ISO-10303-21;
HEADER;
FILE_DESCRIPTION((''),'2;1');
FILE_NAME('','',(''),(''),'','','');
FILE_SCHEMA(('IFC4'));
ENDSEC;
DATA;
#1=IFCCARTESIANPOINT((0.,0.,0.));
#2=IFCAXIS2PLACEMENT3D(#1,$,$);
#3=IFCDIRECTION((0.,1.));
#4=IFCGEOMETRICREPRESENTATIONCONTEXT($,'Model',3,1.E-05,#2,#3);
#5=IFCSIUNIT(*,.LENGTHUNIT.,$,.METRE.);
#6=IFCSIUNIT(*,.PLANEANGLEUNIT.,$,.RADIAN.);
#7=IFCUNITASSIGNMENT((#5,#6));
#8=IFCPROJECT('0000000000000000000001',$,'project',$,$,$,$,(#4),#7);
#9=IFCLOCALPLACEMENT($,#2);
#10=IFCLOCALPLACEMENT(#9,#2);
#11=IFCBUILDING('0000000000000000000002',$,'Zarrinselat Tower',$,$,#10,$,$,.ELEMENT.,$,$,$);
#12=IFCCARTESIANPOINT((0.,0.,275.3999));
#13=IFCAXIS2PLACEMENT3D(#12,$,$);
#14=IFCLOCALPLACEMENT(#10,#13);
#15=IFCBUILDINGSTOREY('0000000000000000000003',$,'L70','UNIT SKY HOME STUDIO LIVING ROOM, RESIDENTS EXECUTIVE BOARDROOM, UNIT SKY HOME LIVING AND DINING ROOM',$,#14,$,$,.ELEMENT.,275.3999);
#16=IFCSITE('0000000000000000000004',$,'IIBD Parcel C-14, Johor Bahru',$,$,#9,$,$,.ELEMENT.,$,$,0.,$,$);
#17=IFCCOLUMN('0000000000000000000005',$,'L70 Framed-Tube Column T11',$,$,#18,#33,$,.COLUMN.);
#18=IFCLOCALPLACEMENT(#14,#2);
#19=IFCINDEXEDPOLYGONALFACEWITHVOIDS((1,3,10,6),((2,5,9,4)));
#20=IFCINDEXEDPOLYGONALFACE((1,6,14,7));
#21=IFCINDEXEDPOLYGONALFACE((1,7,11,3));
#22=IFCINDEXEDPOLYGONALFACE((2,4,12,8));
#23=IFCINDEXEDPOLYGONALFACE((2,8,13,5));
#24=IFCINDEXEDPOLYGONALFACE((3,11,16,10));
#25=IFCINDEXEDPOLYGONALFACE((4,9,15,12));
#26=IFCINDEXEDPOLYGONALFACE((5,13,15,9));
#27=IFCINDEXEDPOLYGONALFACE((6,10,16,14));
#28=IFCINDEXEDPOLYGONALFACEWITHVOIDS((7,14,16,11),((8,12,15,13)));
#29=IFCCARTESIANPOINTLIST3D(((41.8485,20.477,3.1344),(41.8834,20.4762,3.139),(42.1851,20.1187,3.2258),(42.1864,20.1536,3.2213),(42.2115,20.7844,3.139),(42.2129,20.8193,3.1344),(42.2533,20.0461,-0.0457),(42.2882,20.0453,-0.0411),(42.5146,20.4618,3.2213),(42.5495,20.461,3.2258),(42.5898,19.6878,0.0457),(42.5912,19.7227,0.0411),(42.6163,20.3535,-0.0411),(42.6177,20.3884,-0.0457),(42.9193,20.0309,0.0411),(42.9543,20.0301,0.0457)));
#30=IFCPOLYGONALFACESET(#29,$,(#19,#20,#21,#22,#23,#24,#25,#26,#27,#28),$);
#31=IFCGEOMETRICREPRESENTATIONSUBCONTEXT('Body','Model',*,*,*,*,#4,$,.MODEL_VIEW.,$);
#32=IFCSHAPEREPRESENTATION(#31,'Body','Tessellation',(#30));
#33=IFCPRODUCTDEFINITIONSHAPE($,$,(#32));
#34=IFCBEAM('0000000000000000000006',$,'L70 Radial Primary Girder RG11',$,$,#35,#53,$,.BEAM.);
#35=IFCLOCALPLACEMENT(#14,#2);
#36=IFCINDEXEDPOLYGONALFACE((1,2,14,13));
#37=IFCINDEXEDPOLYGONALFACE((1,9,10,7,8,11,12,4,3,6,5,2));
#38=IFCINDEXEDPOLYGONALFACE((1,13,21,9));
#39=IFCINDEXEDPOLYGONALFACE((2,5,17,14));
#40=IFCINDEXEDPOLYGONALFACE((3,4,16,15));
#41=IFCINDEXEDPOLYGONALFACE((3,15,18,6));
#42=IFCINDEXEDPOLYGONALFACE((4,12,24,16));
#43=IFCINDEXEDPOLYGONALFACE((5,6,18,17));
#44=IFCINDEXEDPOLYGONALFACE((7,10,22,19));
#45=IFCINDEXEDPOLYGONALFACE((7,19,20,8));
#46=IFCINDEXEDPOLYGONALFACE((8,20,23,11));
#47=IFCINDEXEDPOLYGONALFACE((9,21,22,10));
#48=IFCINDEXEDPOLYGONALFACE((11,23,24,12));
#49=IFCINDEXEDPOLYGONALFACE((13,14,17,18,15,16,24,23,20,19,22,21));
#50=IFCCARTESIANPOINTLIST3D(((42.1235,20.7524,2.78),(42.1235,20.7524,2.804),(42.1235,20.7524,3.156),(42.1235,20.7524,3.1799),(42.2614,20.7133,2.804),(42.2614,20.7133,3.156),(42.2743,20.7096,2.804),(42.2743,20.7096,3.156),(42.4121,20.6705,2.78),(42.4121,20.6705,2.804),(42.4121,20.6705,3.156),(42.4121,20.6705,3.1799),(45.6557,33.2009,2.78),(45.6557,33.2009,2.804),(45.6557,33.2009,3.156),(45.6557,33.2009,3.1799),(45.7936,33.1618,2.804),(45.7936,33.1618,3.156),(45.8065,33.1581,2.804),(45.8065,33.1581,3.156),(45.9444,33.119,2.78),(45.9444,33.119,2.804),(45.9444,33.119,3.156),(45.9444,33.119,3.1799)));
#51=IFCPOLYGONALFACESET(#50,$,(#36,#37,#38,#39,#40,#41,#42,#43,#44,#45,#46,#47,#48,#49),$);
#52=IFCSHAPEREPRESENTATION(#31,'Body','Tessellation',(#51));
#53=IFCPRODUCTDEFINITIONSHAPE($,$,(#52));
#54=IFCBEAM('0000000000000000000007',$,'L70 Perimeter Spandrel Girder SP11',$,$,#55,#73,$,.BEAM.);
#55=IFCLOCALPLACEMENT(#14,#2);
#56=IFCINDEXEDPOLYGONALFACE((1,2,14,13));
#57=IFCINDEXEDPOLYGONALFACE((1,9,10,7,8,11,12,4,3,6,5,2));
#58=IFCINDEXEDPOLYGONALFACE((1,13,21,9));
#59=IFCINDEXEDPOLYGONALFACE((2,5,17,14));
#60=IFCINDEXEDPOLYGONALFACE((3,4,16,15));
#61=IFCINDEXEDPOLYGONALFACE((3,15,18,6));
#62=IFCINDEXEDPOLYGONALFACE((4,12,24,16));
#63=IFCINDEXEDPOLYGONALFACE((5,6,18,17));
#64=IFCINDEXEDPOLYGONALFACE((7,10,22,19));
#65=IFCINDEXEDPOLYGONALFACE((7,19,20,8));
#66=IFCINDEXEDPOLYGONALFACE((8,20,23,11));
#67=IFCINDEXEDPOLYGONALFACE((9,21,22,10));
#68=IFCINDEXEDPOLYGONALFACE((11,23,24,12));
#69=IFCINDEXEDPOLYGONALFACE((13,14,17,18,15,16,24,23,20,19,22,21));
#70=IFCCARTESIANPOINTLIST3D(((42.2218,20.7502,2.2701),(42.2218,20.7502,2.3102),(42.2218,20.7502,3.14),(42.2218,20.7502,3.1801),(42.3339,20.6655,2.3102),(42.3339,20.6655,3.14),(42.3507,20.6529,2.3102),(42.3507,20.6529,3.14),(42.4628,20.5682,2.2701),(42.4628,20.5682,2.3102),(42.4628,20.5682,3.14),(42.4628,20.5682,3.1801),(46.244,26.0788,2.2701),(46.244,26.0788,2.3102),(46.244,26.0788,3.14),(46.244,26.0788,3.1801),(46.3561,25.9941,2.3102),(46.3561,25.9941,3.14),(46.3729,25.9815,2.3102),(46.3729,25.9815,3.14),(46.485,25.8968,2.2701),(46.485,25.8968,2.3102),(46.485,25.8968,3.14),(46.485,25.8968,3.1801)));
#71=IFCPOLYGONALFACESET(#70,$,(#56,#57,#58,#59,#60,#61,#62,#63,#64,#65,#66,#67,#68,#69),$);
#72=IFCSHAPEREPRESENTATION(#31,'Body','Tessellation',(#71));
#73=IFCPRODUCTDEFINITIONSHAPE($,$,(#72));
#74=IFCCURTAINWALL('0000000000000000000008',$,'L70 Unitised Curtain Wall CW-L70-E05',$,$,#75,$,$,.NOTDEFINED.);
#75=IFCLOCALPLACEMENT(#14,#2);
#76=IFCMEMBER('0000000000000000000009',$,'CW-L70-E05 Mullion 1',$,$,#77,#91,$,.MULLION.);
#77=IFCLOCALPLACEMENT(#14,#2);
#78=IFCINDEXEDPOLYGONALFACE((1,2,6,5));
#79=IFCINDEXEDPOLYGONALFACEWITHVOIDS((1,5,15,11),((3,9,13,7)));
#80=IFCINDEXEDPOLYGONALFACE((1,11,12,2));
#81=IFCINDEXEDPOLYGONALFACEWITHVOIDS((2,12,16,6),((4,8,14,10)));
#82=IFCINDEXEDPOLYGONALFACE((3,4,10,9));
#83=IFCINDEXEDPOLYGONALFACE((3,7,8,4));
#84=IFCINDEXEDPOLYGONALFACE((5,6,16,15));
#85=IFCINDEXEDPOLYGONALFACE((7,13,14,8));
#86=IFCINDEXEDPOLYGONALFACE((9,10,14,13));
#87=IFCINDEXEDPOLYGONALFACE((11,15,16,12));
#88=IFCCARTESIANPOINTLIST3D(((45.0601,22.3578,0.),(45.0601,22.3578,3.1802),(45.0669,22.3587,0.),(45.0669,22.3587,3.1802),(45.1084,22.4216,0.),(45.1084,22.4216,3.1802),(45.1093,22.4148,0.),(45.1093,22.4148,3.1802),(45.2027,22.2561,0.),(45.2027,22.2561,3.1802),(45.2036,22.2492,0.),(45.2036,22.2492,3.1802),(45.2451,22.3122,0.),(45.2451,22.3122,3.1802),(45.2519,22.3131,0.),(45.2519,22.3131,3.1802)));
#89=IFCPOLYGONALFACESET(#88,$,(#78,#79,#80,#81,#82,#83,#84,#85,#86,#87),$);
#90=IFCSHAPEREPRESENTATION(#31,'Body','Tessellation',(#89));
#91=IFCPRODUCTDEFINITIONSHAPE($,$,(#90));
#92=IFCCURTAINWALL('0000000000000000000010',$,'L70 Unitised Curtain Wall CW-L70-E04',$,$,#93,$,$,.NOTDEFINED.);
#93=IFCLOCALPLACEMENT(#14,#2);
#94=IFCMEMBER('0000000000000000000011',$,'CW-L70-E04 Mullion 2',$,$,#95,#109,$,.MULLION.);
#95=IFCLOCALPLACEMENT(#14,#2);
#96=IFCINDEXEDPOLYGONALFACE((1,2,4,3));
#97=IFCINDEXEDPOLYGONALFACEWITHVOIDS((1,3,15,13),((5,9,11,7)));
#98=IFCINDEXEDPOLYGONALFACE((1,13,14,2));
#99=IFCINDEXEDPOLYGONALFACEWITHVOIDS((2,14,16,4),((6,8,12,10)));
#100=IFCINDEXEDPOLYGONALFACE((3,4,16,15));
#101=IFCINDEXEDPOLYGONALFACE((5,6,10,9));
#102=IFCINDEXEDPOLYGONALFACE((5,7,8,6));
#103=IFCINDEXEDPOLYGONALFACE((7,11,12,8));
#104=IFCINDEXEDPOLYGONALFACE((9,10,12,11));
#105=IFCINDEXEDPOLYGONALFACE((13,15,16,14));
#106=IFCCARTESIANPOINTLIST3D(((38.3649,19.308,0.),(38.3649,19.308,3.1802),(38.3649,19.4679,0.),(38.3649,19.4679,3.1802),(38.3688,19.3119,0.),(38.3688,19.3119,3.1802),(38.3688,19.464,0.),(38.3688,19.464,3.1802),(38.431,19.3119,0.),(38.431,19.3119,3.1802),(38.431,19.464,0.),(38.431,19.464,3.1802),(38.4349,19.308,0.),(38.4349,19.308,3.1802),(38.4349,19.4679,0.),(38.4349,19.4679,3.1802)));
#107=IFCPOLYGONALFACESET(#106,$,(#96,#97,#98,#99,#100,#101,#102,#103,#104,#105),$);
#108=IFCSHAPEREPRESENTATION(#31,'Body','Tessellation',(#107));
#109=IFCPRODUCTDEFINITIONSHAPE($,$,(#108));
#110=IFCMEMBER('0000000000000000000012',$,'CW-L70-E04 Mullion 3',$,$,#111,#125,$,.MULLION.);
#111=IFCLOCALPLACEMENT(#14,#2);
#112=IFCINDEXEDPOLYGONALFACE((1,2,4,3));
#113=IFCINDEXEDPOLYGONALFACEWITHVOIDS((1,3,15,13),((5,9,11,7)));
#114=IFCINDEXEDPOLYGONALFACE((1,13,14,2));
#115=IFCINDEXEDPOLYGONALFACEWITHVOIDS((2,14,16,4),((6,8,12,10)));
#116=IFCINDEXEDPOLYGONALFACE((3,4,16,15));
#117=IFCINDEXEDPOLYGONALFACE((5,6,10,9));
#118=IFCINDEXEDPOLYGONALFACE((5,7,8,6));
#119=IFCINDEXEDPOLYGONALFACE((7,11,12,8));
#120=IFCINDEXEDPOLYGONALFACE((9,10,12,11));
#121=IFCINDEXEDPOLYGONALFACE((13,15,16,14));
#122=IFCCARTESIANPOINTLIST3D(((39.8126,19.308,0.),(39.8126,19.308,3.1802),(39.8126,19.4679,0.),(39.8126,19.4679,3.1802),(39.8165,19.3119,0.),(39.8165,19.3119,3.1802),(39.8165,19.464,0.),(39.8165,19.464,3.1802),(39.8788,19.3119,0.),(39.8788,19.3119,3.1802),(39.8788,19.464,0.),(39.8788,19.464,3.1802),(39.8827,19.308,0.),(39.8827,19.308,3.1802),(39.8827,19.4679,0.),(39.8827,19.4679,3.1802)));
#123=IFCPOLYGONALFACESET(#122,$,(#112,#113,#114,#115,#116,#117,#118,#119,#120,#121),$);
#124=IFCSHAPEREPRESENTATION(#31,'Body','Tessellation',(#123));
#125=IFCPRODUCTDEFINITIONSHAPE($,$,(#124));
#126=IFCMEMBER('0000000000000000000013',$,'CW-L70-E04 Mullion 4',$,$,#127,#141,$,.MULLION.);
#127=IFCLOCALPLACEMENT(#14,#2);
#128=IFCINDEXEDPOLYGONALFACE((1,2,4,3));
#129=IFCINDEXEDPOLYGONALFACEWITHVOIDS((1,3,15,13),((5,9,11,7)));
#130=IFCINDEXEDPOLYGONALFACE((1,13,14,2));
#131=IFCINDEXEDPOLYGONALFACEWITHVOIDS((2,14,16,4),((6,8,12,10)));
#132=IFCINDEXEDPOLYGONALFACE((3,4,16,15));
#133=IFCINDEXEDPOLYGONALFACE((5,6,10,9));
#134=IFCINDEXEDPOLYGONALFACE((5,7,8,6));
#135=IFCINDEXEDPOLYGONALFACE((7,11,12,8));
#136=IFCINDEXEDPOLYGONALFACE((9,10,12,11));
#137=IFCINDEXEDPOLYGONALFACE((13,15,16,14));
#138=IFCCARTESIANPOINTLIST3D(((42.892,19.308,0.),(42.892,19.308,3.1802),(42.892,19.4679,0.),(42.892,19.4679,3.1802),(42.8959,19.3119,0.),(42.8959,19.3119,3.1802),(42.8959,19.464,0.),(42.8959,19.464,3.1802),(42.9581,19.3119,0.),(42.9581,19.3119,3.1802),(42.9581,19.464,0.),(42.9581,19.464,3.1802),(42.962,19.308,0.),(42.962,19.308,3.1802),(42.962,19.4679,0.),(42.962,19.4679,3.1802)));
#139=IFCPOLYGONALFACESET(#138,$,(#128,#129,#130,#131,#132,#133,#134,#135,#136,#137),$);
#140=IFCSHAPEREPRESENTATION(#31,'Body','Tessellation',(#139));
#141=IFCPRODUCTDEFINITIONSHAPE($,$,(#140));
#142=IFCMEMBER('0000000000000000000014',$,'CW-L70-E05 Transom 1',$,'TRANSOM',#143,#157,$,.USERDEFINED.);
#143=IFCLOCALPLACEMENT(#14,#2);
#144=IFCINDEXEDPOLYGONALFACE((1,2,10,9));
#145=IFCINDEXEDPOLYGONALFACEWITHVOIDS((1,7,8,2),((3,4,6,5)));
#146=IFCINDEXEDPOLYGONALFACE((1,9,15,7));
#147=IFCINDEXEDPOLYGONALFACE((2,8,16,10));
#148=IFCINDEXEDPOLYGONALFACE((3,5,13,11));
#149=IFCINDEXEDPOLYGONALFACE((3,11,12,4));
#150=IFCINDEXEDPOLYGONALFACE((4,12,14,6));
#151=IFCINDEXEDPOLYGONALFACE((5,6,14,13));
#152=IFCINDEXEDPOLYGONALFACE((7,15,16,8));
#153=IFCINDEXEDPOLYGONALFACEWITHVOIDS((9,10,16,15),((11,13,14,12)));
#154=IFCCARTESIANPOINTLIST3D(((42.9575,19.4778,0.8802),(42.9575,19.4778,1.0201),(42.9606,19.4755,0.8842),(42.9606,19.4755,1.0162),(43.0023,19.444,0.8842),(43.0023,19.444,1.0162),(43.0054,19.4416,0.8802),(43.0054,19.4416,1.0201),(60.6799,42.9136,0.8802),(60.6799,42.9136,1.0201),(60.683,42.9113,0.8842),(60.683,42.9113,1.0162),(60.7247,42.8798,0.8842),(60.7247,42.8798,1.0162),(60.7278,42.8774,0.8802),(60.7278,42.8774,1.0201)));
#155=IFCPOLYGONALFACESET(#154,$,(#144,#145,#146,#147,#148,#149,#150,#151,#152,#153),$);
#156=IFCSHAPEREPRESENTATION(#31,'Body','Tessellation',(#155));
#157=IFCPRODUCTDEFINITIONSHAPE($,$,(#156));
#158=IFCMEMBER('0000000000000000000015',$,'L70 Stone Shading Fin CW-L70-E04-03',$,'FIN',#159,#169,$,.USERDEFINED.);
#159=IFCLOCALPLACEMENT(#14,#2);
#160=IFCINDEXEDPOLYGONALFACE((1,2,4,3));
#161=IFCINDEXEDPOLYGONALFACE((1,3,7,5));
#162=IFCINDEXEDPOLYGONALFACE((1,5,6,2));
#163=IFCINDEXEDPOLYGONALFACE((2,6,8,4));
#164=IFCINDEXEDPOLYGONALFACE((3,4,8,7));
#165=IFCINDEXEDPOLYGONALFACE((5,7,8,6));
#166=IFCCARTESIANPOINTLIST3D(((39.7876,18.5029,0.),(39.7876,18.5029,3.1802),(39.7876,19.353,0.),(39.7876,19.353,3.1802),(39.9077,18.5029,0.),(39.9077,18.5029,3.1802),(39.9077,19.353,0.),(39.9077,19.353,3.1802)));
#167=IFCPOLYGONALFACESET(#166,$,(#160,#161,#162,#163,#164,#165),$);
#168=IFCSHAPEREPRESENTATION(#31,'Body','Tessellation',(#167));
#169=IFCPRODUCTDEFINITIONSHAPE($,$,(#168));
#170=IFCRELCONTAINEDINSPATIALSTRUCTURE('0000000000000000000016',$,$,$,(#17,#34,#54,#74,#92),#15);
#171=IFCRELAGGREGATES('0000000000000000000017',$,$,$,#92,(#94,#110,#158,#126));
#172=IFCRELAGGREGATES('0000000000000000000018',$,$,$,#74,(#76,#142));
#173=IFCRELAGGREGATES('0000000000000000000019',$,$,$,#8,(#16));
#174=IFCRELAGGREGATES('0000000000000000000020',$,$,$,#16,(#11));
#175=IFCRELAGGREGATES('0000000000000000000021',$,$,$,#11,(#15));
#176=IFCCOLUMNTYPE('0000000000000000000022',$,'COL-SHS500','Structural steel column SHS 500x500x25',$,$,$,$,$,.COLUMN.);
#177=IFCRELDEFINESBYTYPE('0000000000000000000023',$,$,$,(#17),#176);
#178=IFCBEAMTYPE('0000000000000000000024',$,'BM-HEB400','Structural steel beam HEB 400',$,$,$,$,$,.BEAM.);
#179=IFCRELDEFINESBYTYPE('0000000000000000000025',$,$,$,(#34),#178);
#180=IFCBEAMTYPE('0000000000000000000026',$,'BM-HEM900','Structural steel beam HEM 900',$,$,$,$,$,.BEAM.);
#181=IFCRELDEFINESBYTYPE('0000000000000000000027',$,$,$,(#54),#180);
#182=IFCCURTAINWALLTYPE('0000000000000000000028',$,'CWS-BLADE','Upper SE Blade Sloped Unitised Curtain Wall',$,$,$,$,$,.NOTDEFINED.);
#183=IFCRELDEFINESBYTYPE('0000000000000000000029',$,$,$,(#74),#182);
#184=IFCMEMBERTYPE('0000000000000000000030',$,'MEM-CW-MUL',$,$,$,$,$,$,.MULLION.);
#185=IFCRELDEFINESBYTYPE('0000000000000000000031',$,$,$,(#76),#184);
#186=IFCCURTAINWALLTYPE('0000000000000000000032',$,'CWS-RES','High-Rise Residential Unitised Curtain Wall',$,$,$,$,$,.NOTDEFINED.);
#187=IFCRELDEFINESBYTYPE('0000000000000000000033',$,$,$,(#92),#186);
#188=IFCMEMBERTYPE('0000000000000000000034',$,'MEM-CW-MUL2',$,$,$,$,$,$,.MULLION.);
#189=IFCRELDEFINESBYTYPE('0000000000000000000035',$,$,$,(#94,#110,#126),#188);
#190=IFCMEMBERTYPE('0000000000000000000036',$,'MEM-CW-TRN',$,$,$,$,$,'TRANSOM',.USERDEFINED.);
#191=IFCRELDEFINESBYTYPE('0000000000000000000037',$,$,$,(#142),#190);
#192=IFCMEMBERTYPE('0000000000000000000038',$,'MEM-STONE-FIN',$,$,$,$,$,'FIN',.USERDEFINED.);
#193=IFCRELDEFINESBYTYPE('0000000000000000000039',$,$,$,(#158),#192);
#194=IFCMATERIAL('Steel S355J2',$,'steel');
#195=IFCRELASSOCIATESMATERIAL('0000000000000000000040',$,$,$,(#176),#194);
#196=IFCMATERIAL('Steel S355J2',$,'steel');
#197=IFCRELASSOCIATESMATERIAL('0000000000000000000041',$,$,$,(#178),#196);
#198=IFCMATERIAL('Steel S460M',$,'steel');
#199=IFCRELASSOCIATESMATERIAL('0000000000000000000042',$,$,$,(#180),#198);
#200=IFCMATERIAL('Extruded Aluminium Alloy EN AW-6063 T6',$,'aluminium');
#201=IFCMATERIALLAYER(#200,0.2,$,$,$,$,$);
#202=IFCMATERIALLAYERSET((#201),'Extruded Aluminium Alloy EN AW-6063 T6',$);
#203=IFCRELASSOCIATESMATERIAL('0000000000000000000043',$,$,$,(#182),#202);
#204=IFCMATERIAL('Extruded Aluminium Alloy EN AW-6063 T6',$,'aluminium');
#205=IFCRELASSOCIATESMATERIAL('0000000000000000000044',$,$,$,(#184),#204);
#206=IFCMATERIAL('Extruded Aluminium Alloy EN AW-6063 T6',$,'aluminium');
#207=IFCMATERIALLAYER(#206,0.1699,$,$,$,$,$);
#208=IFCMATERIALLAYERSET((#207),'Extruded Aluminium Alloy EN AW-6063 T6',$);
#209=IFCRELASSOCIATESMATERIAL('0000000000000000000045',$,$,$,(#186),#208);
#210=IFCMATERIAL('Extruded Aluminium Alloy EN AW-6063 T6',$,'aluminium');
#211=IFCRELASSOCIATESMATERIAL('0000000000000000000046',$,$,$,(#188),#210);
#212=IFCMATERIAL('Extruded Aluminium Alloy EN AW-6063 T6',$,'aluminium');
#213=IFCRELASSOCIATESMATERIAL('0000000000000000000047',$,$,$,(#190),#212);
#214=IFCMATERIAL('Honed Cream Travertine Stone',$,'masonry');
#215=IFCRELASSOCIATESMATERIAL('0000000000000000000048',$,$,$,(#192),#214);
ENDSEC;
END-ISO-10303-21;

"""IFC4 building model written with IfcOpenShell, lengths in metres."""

from ifc_helpers import new_model, si_unit, direction, frame, origin, origin_2d, place, context, subcontext, project, spatial, rectangle, hollow_rectangle, i_section, extrude, material, layer, layer_set, material_profile, profile_set, type_object, element, aggregate, save


model = new_model("IFC4")

# Units and contexts
model_context = context("Model", 3, precision=1e-05, world=origin(), true_north=direction((0.0, 1.0)))
body_context = subcontext(model_context, "Body", "Model", "MODEL_VIEW")
ifc_project = project(units=[si_unit("LENGTHUNIT", "METRE"), si_unit("PLANEANGLEUNIT", "RADIAN")], contexts=[model_context])

# Site, building, storey
site_placement = place(None, origin())
site = spatial("IfcSite", under=ifc_project, at=site_placement, Name="IIBD Parcel C-14, Johor Bahru", CompositionType="ELEMENT", RefElevation=0.0)
building_placement = place(site_placement, origin())
building = spatial("IfcBuilding", under=site, at=building_placement, Name="Zarrinselat Tower", CompositionType="ELEMENT")
storey_placement = place(building_placement, frame((0.0, 0.0, 275.3999)))
storey = spatial("IfcBuildingStorey", under=building, at=storey_placement, Name="L70", Description="UNIT SKY HOME STUDIO LIVING ROOM, RESIDENTS EXECUTIVE BOARDROOM, UNIT SKY HOME LIVING AND DINING ROOM", CompositionType="ELEMENT", Elevation=275.3999)

# Column
ifc_material_1 = material(Name="Steel S355J2", Category="steel")
ifc_material_profile_1 = material_profile(ifc_material_1, hollow_rectangle(XDim=0.5, YDim=0.5, WallThickness=0.0249, at=origin_2d()), Name="SHS 500x500x25")
ifc_profile_set_1 = profile_set([ifc_material_profile_1], Name="Steel S355J2")
column_type = type_object("IfcColumnType", Name="COL-SHS500", Description="Structural steel column SHS 500x500x25", PredefinedType="COLUMN", material=ifc_profile_set_1)
column_placement = place(storey_placement, frame((42.6038, 20.0381, 0.0), z_axis=(-0.12514, 0.133216, 0.983155), x_axis=(-0.728854, -0.684669, 0.0)))
element("IfcColumn", 1, at=column_placement, inside=storey, type_object=column_type, Name="L70 Framed-Tube Column T11", PredefinedType="COLUMN", context=body_context, shape_type="SweptSolid", body=[
    extrude(hollow_rectangle(XDim=0.5, YDim=0.5, WallThickness=0.0249, at=origin_2d()), origin(), (0.0, 0.0, 1.0), 3.2346),
])

# Beams
ifc_material_2 = material(Name="Steel S355J2", Category="steel")
ifc_material_profile_2 = material_profile(ifc_material_2, i_section(OverallWidth=0.3, OverallDepth=0.3999, WebThickness=0.0134, FlangeThickness=0.0239, at=origin_2d()), Name="HEB 400")
ifc_profile_set_2 = profile_set([ifc_material_profile_2], Name="Steel S355J2")
beam_type_1 = type_object("IfcBeamType", Name="BM-HEB400", Description="Structural steel beam HEB 400", PredefinedType="BEAM", material=ifc_profile_set_2)
beam_1_placement = place(storey_placement, frame((42.2678, 20.7114, 2.98), z_axis=(0.272971, 0.962022, 0.0), x_axis=(-0.962022, 0.272971, 0.0)))
element("IfcBeam", 2, at=beam_1_placement, inside=storey, type_object=beam_type_1, Name="L70 Radial Primary Girder RG11", PredefinedType="BEAM", context=body_context, shape_type="SweptSolid", body=[
    extrude(i_section(OverallWidth=0.3, OverallDepth=0.3999, WebThickness=0.0134, FlangeThickness=0.0239, at=origin_2d()), origin(), (0.0, 0.0, 1.0), 12.9399),
])
ifc_material_3 = material(Name="Steel S460M", Category="steel")
ifc_material_profile_3 = material_profile(ifc_material_3, i_section(OverallWidth=0.302, OverallDepth=0.9099, WebThickness=0.021, FlangeThickness=0.04, at=origin_2d()), Name="HEM 900")
ifc_profile_set_3 = profile_set([ifc_material_profile_3], Name="Steel S460M")
beam_type_2 = type_object("IfcBeamType", Name="BM-HEM900", Description="Structural steel beam HEM 900", PredefinedType="BEAM", material=ifc_profile_set_3)
beam_2_placement = place(storey_placement, frame((42.3423, 20.6592, 2.7251), z_axis=(0.602466, 0.798144, 0.0), x_axis=(-0.798144, 0.602466, 0.0)))
element("IfcBeam", 3, at=beam_2_placement, inside=storey, type_object=beam_type_2, Name="L70 Perimeter Spandrel Girder SP11", PredefinedType="BEAM", context=body_context, shape_type="SweptSolid", body=[
    extrude(i_section(OverallWidth=0.302, OverallDepth=0.9099, WebThickness=0.021, FlangeThickness=0.04, at=origin_2d()), origin(), (0.0, 0.0, 1.0), 6.6763),
])

# Curtain wall, member
ifc_material_4 = material(Name="Extruded Aluminium Alloy EN AW-6063 T6", Category="aluminium")
ifc_layer_1 = layer(ifc_material_4, 0.2)
ifc_layer_set_1 = layer_set([ifc_layer_1], Name="Extruded Aluminium Alloy EN AW-6063 T6")
curtain_wall_type_1 = type_object("IfcCurtainWallType", Name="CWS-BLADE", Description="Upper SE Blade Sloped Unitised Curtain Wall", PredefinedType="NOTDEFINED", material=ifc_layer_set_1)
curtain_wall_1_placement = place(storey_placement, origin())
curtain_wall_1 = element("IfcCurtainWall", 4, at=curtain_wall_1_placement, inside=storey, type_object=curtain_wall_type_1, Name="L70 Unitised Curtain Wall CW-L70-E05", PredefinedType="NOTDEFINED")
ifc_material_5 = material(Name="Extruded Aluminium Alloy EN AW-6063 T6", Category="aluminium")
ifc_material_profile_4 = material_profile(ifc_material_5, hollow_rectangle(XDim=0.0801, YDim=0.1799, WallThickness=0.0049, at=origin_2d()), Name="RHS 180x80x5")
ifc_profile_set_4 = profile_set([ifc_material_profile_4], Name="Extruded Aluminium Alloy EN AW-6063 T6")
member_type_1 = type_object("IfcMemberType", Name="MEM-CW-MUL", PredefinedType="MULLION", material=ifc_profile_set_4)
member_1_placement = place(storey_placement, frame((45.156, 22.3354, 0.0), z_axis=(0.0, 0.0, 1.0), x_axis=(0.60317, 0.797613, 0.0)))
member_1 = element("IfcMember", 5, at=member_1_placement, type_object=member_type_1, Name="CW-L70-E05 Mullion 1", PredefinedType="MULLION", context=body_context, shape_type="SweptSolid", body=[
    extrude(hollow_rectangle(XDim=0.0801, YDim=0.1799, WallThickness=0.0049, at=origin_2d()), origin(), (0.0, 0.0, 1.0), 3.1802),
])

# Curtain wall, members
ifc_material_6 = material(Name="Extruded Aluminium Alloy EN AW-6063 T6", Category="aluminium")
ifc_layer_2 = layer(ifc_material_6, 0.1699)
ifc_layer_set_2 = layer_set([ifc_layer_2], Name="Extruded Aluminium Alloy EN AW-6063 T6")
curtain_wall_type_2 = type_object("IfcCurtainWallType", Name="CWS-RES", Description="High-Rise Residential Unitised Curtain Wall", PredefinedType="NOTDEFINED", material=ifc_layer_set_2)
curtain_wall_2_placement = place(storey_placement, origin())
curtain_wall_2 = element("IfcCurtainWall", 6, at=curtain_wall_2_placement, inside=storey, type_object=curtain_wall_type_2, Name="L70 Unitised Curtain Wall CW-L70-E04", PredefinedType="NOTDEFINED")
ifc_material_7 = material(Name="Extruded Aluminium Alloy EN AW-6063 T6", Category="aluminium")
ifc_material_profile_5 = material_profile(ifc_material_7, hollow_rectangle(XDim=0.0701, YDim=0.1599, WallThickness=0.0039, at=origin_2d()), Name="RHS 160x70x4")
ifc_profile_set_5 = profile_set([ifc_material_profile_5], Name="Extruded Aluminium Alloy EN AW-6063 T6")
member_type_2 = type_object("IfcMemberType", Name="MEM-CW-MUL2", PredefinedType="MULLION", material=ifc_profile_set_5)
member_2_placement = place(storey_placement, frame((38.3999, 19.3879, 0.0), z_axis=(0.0, 0.0, 1.0), x_axis=(1.0, 0.0, 0.0)))
member_2 = element("IfcMember", 7, at=member_2_placement, type_object=member_type_2, Name="CW-L70-E04 Mullion 2", PredefinedType="MULLION", context=body_context, shape_type="SweptSolid", body=[
    extrude(hollow_rectangle(XDim=0.0701, YDim=0.1599, WallThickness=0.0039, at=origin_2d()), origin(), (0.0, 0.0, 1.0), 3.1802),
])
member_3_placement = place(storey_placement, frame((39.8477, 19.3879, 0.0), z_axis=(0.0, 0.0, 1.0), x_axis=(1.0, 0.0, 0.0)))
member_3 = element("IfcMember", 8, at=member_3_placement, type_object=member_type_2, Name="CW-L70-E04 Mullion 3", PredefinedType="MULLION", context=body_context, shape_type="SweptSolid", body=[
    extrude(hollow_rectangle(XDim=0.0701, YDim=0.1599, WallThickness=0.0039, at=origin_2d()), origin(), (0.0, 0.0, 1.0), 3.1802),
])
member_4_placement = place(storey_placement, frame((42.927, 19.3879, 0.0), z_axis=(0.0, 0.0, 1.0), x_axis=(1.0, 0.0, 0.0)))
member_4 = element("IfcMember", 9, at=member_4_placement, type_object=member_type_2, Name="CW-L70-E04 Mullion 4", PredefinedType="MULLION", context=body_context, shape_type="SweptSolid", body=[
    extrude(hollow_rectangle(XDim=0.0701, YDim=0.1599, WallThickness=0.0039, at=origin_2d()), origin(), (0.0, 0.0, 1.0), 3.1802),
])

# Members
ifc_material_8 = material(Name="Extruded Aluminium Alloy EN AW-6063 T6", Category="aluminium")
ifc_material_profile_6 = material_profile(ifc_material_8, hollow_rectangle(XDim=0.0601, YDim=0.1399, WallThickness=0.0039, at=origin_2d()), Name="RHS 140x60x4")
ifc_profile_set_6 = profile_set([ifc_material_profile_6], Name="Extruded Aluminium Alloy EN AW-6063 T6")
member_type_3 = type_object("IfcMemberType", Name="MEM-CW-TRN", ElementType="TRANSOM", PredefinedType="USERDEFINED", material=ifc_profile_set_6)
member_5_placement = place(storey_placement, frame((42.9814, 19.4597, 0.9502), z_axis=(0.603166, 0.797616, 0.0), x_axis=(-0.797616, 0.603166, 0.0)))
member_5 = element("IfcMember", 10, at=member_5_placement, type_object=member_type_3, Name="CW-L70-E05 Transom 1", ObjectType="TRANSOM", PredefinedType="USERDEFINED", context=body_context, shape_type="SweptSolid", body=[
    extrude(hollow_rectangle(XDim=0.0601, YDim=0.1399, WallThickness=0.0039, at=origin_2d()), origin(), (0.0, 0.0, 1.0), 29.3823),
])
ifc_material_9 = material(Name="Honed Cream Travertine Stone", Category="masonry")
ifc_material_profile_7 = material_profile(ifc_material_9, rectangle(XDim=0.1201, YDim=0.8501, at=origin_2d()), Name="FIN 850x120")
ifc_profile_set_7 = profile_set([ifc_material_profile_7], Name="Honed Cream Travertine Stone")
member_type_4 = type_object("IfcMemberType", Name="MEM-STONE-FIN", ElementType="FIN", PredefinedType="USERDEFINED", material=ifc_profile_set_7)
member_6_placement = place(storey_placement, frame((39.8477, 18.928, 0.0), z_axis=(0.0, 0.0, 1.0), x_axis=(-1.0, 0.0, 0.0)))
member_6 = element("IfcMember", 11, at=member_6_placement, type_object=member_type_4, Name="L70 Stone Shading Fin CW-L70-E04-03", ObjectType="FIN", PredefinedType="USERDEFINED", context=body_context, shape_type="SweptSolid", body=[
    extrude(rectangle(XDim=0.1201, YDim=0.8501, at=origin_2d()), origin(), (0.0, 0.0, 1.0), 3.1802),
])

aggregate(curtain_wall_2, [member_2, member_3, member_6, member_4])
aggregate(curtain_wall_1, [member_1, member_5])

save(model, "model.ifc")
